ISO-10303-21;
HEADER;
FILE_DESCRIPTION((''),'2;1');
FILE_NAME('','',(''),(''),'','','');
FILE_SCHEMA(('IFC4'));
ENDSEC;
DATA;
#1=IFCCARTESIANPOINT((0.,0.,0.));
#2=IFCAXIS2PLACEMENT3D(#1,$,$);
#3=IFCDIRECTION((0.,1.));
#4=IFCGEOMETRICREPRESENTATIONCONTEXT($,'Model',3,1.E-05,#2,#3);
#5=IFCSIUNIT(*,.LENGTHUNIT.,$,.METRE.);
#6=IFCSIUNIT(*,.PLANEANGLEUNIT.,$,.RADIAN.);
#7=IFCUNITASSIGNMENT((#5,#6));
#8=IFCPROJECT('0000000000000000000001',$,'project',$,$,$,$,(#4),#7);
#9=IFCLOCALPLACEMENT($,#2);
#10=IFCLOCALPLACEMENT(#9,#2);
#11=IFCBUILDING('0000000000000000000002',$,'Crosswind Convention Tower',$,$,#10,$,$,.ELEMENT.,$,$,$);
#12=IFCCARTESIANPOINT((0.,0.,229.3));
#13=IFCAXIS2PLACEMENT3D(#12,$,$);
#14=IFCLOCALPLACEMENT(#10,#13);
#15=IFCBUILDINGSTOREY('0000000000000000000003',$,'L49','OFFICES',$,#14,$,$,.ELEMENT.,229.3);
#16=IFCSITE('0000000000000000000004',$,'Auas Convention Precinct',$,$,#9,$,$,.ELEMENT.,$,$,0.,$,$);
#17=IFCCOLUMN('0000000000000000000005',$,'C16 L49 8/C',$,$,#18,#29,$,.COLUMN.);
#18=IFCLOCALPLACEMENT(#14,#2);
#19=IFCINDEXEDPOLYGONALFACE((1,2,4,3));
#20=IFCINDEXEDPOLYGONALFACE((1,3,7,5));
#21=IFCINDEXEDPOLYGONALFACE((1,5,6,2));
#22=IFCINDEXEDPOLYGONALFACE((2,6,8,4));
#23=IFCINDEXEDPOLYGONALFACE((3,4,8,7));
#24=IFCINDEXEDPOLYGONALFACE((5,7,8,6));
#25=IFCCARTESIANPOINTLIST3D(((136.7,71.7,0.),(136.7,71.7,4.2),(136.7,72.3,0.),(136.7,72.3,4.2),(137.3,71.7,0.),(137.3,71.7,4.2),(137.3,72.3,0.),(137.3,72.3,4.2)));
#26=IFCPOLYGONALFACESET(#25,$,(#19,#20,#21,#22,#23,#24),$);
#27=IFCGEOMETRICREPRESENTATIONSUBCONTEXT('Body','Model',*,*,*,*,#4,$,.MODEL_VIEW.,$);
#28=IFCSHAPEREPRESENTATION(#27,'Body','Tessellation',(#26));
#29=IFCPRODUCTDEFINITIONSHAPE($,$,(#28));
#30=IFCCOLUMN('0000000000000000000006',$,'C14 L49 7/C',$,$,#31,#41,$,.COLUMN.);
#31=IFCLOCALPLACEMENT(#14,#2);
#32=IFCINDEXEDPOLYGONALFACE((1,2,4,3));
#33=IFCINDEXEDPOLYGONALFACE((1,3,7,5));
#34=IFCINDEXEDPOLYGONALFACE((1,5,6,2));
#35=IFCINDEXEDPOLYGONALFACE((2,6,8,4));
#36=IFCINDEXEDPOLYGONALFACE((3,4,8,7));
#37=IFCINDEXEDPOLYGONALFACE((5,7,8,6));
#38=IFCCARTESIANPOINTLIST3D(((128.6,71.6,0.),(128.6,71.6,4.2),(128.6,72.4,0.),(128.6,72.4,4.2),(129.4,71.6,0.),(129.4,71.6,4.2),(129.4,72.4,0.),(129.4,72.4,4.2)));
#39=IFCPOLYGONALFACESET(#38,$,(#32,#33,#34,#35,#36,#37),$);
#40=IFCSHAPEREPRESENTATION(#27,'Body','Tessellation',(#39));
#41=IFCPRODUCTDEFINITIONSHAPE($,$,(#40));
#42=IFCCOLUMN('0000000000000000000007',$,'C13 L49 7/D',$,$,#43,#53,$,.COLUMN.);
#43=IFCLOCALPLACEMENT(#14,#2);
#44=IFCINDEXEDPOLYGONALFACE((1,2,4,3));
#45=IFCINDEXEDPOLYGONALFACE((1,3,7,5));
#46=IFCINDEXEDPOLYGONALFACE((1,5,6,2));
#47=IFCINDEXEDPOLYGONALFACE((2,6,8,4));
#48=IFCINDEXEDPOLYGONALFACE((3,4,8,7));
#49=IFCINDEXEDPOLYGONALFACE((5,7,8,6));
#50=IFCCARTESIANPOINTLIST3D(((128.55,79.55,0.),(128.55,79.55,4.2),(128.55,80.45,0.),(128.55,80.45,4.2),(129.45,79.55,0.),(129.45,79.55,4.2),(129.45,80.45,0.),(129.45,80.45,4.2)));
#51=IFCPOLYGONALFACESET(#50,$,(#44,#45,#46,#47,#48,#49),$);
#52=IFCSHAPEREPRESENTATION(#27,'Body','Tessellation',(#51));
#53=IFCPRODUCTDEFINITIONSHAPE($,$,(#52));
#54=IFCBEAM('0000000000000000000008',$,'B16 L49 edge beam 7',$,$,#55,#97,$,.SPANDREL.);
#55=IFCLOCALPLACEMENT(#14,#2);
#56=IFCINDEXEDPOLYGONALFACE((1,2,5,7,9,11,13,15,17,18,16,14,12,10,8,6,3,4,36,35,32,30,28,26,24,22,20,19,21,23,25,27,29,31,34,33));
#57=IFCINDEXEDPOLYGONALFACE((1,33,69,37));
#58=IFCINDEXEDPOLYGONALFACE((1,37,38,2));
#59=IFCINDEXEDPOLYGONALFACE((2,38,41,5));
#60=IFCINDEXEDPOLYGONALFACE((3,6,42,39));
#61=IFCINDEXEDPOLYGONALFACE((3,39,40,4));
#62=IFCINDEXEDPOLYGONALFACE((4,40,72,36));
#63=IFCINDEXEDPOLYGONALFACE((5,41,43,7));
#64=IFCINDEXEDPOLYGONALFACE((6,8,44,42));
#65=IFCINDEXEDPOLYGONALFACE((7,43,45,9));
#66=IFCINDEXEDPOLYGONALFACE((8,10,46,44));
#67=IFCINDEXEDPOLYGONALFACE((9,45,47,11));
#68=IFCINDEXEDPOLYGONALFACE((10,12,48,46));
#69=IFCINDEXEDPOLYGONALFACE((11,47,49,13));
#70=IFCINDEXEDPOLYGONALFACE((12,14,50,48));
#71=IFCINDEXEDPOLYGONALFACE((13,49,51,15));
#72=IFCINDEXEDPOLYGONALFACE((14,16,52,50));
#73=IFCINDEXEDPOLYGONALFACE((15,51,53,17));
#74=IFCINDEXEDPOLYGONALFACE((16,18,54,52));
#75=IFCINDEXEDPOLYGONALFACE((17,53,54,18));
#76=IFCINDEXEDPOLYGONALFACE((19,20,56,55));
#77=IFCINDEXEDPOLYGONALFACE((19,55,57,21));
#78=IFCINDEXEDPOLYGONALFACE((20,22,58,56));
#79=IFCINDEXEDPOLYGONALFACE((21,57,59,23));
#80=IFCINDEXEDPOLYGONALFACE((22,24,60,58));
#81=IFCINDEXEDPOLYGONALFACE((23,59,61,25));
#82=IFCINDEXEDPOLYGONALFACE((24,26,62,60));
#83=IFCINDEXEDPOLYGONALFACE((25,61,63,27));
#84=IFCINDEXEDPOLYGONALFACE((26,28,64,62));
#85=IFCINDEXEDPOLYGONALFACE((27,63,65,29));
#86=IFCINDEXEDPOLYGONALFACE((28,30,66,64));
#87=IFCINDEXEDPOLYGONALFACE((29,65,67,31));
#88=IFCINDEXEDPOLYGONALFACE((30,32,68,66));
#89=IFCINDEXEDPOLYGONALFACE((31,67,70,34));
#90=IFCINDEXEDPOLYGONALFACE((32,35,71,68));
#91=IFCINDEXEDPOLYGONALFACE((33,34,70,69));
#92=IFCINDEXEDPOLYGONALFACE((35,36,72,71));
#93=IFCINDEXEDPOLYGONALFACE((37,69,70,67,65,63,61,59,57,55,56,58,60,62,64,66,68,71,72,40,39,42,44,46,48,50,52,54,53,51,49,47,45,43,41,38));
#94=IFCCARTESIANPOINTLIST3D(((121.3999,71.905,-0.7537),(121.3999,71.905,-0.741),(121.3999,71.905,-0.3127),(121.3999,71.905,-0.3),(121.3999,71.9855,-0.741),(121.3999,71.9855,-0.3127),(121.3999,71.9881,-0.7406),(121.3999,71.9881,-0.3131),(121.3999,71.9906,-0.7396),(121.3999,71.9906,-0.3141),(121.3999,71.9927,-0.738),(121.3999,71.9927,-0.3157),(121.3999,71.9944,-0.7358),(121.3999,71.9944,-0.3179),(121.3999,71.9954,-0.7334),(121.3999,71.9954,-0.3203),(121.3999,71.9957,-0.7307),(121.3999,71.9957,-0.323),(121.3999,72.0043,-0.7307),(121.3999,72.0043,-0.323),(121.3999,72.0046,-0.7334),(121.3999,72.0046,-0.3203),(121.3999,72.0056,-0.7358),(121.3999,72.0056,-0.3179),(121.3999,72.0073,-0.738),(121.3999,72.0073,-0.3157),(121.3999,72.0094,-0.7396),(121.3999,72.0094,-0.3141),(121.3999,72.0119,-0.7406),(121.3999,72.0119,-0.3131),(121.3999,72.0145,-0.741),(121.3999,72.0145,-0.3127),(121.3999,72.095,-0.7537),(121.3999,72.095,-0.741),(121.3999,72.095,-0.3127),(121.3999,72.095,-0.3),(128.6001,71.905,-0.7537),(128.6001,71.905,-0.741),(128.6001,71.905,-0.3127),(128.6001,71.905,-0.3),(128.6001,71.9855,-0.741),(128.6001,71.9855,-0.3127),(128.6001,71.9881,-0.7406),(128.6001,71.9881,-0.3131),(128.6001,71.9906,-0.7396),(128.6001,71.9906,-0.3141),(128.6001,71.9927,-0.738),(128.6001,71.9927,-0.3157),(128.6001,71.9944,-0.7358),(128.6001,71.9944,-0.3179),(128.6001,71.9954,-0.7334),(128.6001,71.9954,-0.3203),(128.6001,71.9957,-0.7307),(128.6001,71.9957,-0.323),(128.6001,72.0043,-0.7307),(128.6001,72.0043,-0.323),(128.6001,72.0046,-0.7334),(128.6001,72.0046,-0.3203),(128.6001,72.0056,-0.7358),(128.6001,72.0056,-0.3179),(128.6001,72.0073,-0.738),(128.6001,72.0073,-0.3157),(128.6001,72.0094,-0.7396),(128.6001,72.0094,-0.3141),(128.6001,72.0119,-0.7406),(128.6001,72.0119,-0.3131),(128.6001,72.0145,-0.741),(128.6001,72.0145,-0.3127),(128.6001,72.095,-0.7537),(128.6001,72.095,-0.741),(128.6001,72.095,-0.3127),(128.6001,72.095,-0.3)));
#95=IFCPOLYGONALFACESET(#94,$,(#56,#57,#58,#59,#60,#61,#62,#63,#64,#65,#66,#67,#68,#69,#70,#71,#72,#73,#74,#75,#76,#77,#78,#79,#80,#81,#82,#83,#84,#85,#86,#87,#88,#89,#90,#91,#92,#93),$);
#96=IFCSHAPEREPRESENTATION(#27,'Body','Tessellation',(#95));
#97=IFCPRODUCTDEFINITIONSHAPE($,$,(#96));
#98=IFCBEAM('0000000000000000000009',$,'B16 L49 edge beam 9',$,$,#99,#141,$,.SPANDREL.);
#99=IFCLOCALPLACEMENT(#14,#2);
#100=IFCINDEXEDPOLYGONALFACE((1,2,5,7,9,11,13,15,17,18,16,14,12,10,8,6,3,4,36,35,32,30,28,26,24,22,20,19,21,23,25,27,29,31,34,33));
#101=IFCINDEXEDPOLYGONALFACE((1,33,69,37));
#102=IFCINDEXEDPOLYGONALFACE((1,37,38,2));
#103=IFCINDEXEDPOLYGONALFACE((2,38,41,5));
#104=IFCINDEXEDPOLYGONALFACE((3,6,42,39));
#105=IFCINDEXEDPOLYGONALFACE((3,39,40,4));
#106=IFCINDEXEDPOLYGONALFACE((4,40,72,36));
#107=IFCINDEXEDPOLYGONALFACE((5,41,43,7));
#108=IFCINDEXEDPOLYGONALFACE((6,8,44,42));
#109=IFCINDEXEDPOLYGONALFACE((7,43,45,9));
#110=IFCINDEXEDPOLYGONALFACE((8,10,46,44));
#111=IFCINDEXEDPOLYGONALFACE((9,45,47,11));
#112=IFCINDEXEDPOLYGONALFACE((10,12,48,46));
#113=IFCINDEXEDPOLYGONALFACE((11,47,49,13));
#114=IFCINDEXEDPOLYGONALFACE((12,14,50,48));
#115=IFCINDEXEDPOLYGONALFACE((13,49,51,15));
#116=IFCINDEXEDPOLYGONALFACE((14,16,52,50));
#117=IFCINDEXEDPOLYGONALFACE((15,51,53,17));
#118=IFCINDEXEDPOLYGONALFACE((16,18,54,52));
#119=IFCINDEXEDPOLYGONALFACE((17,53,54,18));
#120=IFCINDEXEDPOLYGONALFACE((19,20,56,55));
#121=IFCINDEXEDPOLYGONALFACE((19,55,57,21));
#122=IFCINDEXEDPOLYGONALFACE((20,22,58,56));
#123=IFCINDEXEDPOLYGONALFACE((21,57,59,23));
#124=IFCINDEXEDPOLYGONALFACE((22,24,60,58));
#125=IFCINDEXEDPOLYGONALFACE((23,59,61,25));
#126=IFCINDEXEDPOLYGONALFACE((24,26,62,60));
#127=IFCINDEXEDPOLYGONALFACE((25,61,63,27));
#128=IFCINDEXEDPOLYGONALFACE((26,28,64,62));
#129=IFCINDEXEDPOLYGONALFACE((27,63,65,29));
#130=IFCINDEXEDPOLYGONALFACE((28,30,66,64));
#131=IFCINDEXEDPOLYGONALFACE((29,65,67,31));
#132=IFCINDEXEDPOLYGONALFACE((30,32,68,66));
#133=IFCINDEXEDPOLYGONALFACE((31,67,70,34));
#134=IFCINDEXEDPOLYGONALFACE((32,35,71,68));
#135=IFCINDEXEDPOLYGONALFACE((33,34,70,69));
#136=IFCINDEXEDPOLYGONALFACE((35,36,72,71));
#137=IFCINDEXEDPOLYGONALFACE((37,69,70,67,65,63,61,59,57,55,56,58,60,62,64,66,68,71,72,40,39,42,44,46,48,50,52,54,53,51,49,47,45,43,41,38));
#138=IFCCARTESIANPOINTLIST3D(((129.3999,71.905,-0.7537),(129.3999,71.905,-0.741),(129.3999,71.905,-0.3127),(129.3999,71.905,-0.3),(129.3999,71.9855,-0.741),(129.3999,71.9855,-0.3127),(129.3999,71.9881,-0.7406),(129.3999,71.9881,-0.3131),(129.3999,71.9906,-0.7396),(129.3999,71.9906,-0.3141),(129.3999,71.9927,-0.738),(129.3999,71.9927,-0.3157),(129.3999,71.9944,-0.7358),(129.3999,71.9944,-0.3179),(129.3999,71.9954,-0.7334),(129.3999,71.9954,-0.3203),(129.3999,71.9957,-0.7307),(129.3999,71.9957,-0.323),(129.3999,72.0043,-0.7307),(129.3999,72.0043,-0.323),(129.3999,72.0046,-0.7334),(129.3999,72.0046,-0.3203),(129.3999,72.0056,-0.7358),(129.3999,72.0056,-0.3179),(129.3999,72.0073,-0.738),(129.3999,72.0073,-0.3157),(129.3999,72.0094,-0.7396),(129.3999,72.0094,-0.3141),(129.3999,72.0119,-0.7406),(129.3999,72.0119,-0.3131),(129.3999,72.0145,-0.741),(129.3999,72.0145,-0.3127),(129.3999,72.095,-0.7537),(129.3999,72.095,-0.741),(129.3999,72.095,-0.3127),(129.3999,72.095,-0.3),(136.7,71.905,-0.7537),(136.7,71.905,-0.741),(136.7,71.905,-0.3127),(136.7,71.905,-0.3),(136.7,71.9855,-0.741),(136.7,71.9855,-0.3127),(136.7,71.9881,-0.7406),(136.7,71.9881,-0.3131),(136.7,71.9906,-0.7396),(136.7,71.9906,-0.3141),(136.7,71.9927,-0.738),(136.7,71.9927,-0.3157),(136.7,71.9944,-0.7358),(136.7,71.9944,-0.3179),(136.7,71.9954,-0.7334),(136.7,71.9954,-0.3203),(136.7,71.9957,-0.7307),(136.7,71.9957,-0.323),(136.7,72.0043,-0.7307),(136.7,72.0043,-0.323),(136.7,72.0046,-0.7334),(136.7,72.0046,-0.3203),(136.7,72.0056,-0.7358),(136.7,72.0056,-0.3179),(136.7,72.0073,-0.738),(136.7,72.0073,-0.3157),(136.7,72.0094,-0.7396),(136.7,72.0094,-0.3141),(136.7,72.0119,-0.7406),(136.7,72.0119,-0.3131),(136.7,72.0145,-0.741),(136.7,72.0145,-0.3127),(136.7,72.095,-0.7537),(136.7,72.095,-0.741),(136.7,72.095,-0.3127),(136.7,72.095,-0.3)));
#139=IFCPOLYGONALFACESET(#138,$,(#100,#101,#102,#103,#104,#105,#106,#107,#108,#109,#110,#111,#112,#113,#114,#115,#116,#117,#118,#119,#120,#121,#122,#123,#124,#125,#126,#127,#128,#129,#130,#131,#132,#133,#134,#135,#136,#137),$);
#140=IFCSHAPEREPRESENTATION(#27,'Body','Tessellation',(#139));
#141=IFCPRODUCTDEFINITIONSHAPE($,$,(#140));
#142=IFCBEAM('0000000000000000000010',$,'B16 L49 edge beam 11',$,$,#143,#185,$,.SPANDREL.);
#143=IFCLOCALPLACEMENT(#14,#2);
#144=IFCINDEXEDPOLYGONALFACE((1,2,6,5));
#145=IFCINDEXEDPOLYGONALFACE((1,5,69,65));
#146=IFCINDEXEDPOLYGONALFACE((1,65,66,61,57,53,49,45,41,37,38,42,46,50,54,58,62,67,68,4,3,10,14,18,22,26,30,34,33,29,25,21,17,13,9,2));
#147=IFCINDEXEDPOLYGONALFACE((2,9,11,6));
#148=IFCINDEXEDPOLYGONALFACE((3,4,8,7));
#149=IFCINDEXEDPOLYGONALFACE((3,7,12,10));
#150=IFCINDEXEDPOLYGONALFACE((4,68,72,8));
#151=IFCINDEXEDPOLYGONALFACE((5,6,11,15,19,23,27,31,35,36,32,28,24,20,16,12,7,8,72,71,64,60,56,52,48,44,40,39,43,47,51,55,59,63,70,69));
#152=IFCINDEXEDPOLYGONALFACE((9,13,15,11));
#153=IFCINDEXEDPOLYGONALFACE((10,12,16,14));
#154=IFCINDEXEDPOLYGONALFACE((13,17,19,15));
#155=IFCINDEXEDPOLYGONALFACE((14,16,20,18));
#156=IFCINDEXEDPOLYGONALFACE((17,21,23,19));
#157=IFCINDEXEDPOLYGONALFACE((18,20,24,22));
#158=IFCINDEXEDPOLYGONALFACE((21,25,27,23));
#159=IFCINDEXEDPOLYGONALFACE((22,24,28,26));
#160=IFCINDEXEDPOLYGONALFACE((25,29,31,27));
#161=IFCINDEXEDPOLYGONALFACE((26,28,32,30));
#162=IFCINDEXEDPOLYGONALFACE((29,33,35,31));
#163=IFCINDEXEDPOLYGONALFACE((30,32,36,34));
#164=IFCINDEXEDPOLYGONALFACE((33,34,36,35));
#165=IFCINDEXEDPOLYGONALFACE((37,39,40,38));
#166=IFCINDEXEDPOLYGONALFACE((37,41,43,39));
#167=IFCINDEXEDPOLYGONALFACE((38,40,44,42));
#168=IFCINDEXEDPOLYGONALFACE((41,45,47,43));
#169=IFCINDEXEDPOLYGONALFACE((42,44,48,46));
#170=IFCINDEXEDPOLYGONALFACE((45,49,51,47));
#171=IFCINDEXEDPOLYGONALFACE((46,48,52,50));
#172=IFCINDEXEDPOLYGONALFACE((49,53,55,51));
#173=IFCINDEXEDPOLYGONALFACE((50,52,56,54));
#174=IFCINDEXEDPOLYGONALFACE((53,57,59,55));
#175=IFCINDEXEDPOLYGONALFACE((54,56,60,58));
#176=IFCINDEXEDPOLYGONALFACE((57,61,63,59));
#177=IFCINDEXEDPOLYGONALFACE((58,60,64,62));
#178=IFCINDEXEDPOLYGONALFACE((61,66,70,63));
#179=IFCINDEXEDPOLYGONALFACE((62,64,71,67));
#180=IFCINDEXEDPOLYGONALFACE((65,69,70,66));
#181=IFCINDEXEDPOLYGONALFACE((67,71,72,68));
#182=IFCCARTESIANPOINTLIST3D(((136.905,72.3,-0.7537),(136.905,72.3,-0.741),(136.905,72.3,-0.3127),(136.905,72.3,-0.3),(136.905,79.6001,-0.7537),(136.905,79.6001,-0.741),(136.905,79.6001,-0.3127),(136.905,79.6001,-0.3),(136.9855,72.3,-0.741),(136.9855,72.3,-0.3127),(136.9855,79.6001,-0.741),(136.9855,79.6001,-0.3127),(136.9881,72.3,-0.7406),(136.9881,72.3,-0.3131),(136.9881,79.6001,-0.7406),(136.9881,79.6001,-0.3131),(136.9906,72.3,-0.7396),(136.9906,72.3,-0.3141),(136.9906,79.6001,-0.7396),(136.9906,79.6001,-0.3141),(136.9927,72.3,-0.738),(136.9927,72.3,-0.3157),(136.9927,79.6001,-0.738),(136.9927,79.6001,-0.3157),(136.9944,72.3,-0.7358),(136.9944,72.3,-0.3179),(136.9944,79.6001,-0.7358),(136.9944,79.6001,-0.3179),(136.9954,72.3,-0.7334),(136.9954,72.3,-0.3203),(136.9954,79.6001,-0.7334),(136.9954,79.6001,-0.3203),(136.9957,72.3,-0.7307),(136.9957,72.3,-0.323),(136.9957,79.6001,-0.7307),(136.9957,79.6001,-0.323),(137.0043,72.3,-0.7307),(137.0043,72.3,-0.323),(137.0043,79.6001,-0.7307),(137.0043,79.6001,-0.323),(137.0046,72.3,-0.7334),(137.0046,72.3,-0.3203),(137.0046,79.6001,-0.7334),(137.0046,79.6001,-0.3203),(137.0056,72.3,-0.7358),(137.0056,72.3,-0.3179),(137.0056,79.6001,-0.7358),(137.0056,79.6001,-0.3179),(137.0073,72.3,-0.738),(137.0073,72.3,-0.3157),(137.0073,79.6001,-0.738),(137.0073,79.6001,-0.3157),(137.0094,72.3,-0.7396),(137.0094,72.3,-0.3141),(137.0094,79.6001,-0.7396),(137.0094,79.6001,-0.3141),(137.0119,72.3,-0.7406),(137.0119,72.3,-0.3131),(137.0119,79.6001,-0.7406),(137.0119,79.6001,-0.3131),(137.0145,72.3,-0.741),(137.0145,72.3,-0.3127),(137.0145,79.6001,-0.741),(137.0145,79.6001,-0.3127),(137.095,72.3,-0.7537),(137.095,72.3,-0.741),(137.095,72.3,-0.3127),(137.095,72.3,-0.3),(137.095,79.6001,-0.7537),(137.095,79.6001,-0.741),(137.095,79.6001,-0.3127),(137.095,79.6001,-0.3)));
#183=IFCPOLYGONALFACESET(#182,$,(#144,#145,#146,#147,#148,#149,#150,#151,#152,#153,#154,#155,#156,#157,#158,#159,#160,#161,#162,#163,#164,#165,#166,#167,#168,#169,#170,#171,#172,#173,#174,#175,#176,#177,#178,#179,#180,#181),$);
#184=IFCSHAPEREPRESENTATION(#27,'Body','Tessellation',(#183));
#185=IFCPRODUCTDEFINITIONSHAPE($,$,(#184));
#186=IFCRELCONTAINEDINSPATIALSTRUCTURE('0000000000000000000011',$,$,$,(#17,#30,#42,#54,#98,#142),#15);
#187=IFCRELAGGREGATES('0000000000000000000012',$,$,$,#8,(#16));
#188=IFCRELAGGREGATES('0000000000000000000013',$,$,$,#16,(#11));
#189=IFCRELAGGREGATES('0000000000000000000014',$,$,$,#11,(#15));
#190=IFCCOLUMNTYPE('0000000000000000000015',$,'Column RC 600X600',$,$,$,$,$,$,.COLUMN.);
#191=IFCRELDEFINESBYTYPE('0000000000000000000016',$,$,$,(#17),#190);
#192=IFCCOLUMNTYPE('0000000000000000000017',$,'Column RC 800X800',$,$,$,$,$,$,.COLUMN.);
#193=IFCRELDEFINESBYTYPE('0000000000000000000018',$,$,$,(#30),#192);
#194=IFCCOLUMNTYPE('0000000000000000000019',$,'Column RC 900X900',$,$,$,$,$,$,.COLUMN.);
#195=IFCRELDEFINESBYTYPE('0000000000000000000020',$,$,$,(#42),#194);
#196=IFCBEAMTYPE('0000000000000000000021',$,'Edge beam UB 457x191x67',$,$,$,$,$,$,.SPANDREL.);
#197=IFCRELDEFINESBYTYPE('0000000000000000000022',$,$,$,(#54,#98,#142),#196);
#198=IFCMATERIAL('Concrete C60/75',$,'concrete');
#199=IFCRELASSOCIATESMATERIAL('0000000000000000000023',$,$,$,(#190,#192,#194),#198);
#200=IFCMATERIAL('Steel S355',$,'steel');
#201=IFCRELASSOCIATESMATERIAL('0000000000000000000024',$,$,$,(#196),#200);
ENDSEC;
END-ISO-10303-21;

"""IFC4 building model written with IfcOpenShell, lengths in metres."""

from ifc_helpers import new_model, si_unit, direction, frame, origin, origin_2d, place, context, subcontext, project, spatial, rectangle, i_section, extrude, material, material_profile, profile_set, type_object, element, save


model = new_model("IFC4")

# Units and contexts
model_context = context("Model", 3, precision=1e-05, world=origin(), true_north=direction((0.0, 1.0)))
body_context = subcontext(model_context, "Body", "Model", "MODEL_VIEW")
ifc_project = project(units=[si_unit("LENGTHUNIT", "METRE"), si_unit("PLANEANGLEUNIT", "RADIAN")], contexts=[model_context])

# Site, building, storey
site_placement = place(None, origin())
site = spatial("IfcSite", under=ifc_project, at=site_placement, Name="Auas Convention Precinct", CompositionType="ELEMENT", RefElevation=0.0)
building_placement = place(site_placement, origin())
building = spatial("IfcBuilding", under=site, at=building_placement, Name="Crosswind Convention Tower", CompositionType="ELEMENT")
storey_placement = place(building_placement, frame((0.0, 0.0, 229.3)))
storey = spatial("IfcBuildingStorey", under=building, at=storey_placement, Name="L49", Description="OFFICES", CompositionType="ELEMENT", Elevation=229.3)

# Columns
ifc_material_1 = material(Name="Concrete C60/75", Category="concrete")
ifc_material_profile_1 = material_profile(ifc_material_1, rectangle(XDim=0.6001, YDim=0.6001, at=origin_2d()), Name="RC 600X600")
ifc_profile_set_1 = profile_set([ifc_material_profile_1], Name="Concrete C60/75")
column_type_1 = type_object("IfcColumnType", Name="Column RC 600X600", PredefinedType="COLUMN", material=ifc_profile_set_1)
column_1_placement = place(storey_placement, frame((137.0, 72.0, 0.0), z_axis=(0.0, 0.0, 1.0), x_axis=(1.0, 0.0, 0.0)))
element("IfcColumn", 1, at=column_1_placement, inside=storey, type_object=column_type_1, Name="C16 L49 8/C", PredefinedType="COLUMN", context=body_context, shape_type="SweptSolid", body=[
    extrude(rectangle(XDim=0.6001, YDim=0.6001, at=origin_2d()), origin(), (0.0, 0.0, 1.0), 4.2),
])
ifc_material_profile_2 = material_profile(ifc_material_1, rectangle(XDim=0.8, YDim=0.8, at=origin_2d()), Name="RC 800X800")
ifc_profile_set_2 = profile_set([ifc_material_profile_2], Name="Concrete C60/75")
column_type_2 = type_object("IfcColumnType", Name="Column RC 800X800", PredefinedType="COLUMN", material=ifc_profile_set_2)
column_2_placement = place(storey_placement, frame((129.0, 72.0, 0.0), z_axis=(0.0, 0.0, 1.0), x_axis=(1.0, 0.0, 0.0)))
element("IfcColumn", 2, at=column_2_placement, inside=storey, type_object=column_type_2, Name="C14 L49 7/C", PredefinedType="COLUMN", context=body_context, shape_type="SweptSolid", body=[
    extrude(rectangle(XDim=0.8, YDim=0.8, at=origin_2d()), origin(), (0.0, 0.0, 1.0), 4.2),
])
ifc_material_profile_3 = material_profile(ifc_material_1, rectangle(XDim=0.8999, YDim=0.8999, at=origin_2d()), Name="RC 900X900")
ifc_profile_set_3 = profile_set([ifc_material_profile_3], Name="Concrete C60/75")
column_type_3 = type_object("IfcColumnType", Name="Column RC 900X900", PredefinedType="COLUMN", material=ifc_profile_set_3)
column_3_placement = place(storey_placement, frame((129.0, 80.0, 0.0), z_axis=(0.0, 0.0, 1.0), x_axis=(1.0, 0.0, 0.0)))
element("IfcColumn", 3, at=column_3_placement, inside=storey, type_object=column_type_3, Name="C13 L49 7/D", PredefinedType="COLUMN", context=body_context, shape_type="SweptSolid", body=[
    extrude(rectangle(XDim=0.8999, YDim=0.8999, at=origin_2d()), origin(), (0.0, 0.0, 1.0), 4.2),
])

# Beams
ifc_material_2 = material(Name="Steel S355", Category="steel")
ifc_material_profile_4 = material_profile(ifc_material_2, i_section(OverallWidth=0.1899, OverallDepth=0.4536, WebThickness=0.0085, FlangeThickness=0.0127, FilletRadius=0.0103, at=origin_2d()), Name="UB 457x191x67")
ifc_profile_set_4 = profile_set([ifc_material_profile_4], Name="Steel S355")
beam_type_1 = type_object("IfcBeamType", Name="Edge beam UB 457x191x67", PredefinedType="SPANDREL", material=ifc_profile_set_4)
beam_1_placement = place(storey_placement, frame((121.3999, 72.0, -0.5269), z_axis=(1.0, 0.0, 0.0), x_axis=(0.0, 1.0, 0.0)))
element("IfcBeam", 4, at=beam_1_placement, inside=storey, type_object=beam_type_1, Name="B16 L49 edge beam 7", PredefinedType="SPANDREL", context=body_context, shape_type="SweptSolid", body=[
    extrude(i_section(OverallWidth=0.1899, OverallDepth=0.4536, WebThickness=0.0085, FlangeThickness=0.0127, FilletRadius=0.0103, at=origin_2d()), origin(), (0.0, 0.0, 1.0), 7.2002),
])
for number, where, z_axis, x_axis, name in (
    (5, (129.3999, 72.0, -0.5269), (1.0, 0.0, 0.0), (0.0, 1.0, 0.0), "B16 L49 edge beam 9"),
    (6, (137.0, 72.3, -0.5269), (0.0, 1.0, 0.0), (-1.0, 0.0, 0.0), "B16 L49 edge beam 11"),
):
    element("IfcBeam", number, at=place(storey_placement, frame(where, z_axis=z_axis, x_axis=x_axis)), inside=storey, type_object=beam_type_1, Name=name, PredefinedType="SPANDREL", context=body_context, shape_type="SweptSolid", body=[
        extrude(i_section(OverallWidth=0.1899, OverallDepth=0.4536, WebThickness=0.0085, FlangeThickness=0.0127, FilletRadius=0.0103, at=origin_2d()), origin(), (0.0, 0.0, 1.0), 7.3),
    ])

save(model, "model.ifc")
